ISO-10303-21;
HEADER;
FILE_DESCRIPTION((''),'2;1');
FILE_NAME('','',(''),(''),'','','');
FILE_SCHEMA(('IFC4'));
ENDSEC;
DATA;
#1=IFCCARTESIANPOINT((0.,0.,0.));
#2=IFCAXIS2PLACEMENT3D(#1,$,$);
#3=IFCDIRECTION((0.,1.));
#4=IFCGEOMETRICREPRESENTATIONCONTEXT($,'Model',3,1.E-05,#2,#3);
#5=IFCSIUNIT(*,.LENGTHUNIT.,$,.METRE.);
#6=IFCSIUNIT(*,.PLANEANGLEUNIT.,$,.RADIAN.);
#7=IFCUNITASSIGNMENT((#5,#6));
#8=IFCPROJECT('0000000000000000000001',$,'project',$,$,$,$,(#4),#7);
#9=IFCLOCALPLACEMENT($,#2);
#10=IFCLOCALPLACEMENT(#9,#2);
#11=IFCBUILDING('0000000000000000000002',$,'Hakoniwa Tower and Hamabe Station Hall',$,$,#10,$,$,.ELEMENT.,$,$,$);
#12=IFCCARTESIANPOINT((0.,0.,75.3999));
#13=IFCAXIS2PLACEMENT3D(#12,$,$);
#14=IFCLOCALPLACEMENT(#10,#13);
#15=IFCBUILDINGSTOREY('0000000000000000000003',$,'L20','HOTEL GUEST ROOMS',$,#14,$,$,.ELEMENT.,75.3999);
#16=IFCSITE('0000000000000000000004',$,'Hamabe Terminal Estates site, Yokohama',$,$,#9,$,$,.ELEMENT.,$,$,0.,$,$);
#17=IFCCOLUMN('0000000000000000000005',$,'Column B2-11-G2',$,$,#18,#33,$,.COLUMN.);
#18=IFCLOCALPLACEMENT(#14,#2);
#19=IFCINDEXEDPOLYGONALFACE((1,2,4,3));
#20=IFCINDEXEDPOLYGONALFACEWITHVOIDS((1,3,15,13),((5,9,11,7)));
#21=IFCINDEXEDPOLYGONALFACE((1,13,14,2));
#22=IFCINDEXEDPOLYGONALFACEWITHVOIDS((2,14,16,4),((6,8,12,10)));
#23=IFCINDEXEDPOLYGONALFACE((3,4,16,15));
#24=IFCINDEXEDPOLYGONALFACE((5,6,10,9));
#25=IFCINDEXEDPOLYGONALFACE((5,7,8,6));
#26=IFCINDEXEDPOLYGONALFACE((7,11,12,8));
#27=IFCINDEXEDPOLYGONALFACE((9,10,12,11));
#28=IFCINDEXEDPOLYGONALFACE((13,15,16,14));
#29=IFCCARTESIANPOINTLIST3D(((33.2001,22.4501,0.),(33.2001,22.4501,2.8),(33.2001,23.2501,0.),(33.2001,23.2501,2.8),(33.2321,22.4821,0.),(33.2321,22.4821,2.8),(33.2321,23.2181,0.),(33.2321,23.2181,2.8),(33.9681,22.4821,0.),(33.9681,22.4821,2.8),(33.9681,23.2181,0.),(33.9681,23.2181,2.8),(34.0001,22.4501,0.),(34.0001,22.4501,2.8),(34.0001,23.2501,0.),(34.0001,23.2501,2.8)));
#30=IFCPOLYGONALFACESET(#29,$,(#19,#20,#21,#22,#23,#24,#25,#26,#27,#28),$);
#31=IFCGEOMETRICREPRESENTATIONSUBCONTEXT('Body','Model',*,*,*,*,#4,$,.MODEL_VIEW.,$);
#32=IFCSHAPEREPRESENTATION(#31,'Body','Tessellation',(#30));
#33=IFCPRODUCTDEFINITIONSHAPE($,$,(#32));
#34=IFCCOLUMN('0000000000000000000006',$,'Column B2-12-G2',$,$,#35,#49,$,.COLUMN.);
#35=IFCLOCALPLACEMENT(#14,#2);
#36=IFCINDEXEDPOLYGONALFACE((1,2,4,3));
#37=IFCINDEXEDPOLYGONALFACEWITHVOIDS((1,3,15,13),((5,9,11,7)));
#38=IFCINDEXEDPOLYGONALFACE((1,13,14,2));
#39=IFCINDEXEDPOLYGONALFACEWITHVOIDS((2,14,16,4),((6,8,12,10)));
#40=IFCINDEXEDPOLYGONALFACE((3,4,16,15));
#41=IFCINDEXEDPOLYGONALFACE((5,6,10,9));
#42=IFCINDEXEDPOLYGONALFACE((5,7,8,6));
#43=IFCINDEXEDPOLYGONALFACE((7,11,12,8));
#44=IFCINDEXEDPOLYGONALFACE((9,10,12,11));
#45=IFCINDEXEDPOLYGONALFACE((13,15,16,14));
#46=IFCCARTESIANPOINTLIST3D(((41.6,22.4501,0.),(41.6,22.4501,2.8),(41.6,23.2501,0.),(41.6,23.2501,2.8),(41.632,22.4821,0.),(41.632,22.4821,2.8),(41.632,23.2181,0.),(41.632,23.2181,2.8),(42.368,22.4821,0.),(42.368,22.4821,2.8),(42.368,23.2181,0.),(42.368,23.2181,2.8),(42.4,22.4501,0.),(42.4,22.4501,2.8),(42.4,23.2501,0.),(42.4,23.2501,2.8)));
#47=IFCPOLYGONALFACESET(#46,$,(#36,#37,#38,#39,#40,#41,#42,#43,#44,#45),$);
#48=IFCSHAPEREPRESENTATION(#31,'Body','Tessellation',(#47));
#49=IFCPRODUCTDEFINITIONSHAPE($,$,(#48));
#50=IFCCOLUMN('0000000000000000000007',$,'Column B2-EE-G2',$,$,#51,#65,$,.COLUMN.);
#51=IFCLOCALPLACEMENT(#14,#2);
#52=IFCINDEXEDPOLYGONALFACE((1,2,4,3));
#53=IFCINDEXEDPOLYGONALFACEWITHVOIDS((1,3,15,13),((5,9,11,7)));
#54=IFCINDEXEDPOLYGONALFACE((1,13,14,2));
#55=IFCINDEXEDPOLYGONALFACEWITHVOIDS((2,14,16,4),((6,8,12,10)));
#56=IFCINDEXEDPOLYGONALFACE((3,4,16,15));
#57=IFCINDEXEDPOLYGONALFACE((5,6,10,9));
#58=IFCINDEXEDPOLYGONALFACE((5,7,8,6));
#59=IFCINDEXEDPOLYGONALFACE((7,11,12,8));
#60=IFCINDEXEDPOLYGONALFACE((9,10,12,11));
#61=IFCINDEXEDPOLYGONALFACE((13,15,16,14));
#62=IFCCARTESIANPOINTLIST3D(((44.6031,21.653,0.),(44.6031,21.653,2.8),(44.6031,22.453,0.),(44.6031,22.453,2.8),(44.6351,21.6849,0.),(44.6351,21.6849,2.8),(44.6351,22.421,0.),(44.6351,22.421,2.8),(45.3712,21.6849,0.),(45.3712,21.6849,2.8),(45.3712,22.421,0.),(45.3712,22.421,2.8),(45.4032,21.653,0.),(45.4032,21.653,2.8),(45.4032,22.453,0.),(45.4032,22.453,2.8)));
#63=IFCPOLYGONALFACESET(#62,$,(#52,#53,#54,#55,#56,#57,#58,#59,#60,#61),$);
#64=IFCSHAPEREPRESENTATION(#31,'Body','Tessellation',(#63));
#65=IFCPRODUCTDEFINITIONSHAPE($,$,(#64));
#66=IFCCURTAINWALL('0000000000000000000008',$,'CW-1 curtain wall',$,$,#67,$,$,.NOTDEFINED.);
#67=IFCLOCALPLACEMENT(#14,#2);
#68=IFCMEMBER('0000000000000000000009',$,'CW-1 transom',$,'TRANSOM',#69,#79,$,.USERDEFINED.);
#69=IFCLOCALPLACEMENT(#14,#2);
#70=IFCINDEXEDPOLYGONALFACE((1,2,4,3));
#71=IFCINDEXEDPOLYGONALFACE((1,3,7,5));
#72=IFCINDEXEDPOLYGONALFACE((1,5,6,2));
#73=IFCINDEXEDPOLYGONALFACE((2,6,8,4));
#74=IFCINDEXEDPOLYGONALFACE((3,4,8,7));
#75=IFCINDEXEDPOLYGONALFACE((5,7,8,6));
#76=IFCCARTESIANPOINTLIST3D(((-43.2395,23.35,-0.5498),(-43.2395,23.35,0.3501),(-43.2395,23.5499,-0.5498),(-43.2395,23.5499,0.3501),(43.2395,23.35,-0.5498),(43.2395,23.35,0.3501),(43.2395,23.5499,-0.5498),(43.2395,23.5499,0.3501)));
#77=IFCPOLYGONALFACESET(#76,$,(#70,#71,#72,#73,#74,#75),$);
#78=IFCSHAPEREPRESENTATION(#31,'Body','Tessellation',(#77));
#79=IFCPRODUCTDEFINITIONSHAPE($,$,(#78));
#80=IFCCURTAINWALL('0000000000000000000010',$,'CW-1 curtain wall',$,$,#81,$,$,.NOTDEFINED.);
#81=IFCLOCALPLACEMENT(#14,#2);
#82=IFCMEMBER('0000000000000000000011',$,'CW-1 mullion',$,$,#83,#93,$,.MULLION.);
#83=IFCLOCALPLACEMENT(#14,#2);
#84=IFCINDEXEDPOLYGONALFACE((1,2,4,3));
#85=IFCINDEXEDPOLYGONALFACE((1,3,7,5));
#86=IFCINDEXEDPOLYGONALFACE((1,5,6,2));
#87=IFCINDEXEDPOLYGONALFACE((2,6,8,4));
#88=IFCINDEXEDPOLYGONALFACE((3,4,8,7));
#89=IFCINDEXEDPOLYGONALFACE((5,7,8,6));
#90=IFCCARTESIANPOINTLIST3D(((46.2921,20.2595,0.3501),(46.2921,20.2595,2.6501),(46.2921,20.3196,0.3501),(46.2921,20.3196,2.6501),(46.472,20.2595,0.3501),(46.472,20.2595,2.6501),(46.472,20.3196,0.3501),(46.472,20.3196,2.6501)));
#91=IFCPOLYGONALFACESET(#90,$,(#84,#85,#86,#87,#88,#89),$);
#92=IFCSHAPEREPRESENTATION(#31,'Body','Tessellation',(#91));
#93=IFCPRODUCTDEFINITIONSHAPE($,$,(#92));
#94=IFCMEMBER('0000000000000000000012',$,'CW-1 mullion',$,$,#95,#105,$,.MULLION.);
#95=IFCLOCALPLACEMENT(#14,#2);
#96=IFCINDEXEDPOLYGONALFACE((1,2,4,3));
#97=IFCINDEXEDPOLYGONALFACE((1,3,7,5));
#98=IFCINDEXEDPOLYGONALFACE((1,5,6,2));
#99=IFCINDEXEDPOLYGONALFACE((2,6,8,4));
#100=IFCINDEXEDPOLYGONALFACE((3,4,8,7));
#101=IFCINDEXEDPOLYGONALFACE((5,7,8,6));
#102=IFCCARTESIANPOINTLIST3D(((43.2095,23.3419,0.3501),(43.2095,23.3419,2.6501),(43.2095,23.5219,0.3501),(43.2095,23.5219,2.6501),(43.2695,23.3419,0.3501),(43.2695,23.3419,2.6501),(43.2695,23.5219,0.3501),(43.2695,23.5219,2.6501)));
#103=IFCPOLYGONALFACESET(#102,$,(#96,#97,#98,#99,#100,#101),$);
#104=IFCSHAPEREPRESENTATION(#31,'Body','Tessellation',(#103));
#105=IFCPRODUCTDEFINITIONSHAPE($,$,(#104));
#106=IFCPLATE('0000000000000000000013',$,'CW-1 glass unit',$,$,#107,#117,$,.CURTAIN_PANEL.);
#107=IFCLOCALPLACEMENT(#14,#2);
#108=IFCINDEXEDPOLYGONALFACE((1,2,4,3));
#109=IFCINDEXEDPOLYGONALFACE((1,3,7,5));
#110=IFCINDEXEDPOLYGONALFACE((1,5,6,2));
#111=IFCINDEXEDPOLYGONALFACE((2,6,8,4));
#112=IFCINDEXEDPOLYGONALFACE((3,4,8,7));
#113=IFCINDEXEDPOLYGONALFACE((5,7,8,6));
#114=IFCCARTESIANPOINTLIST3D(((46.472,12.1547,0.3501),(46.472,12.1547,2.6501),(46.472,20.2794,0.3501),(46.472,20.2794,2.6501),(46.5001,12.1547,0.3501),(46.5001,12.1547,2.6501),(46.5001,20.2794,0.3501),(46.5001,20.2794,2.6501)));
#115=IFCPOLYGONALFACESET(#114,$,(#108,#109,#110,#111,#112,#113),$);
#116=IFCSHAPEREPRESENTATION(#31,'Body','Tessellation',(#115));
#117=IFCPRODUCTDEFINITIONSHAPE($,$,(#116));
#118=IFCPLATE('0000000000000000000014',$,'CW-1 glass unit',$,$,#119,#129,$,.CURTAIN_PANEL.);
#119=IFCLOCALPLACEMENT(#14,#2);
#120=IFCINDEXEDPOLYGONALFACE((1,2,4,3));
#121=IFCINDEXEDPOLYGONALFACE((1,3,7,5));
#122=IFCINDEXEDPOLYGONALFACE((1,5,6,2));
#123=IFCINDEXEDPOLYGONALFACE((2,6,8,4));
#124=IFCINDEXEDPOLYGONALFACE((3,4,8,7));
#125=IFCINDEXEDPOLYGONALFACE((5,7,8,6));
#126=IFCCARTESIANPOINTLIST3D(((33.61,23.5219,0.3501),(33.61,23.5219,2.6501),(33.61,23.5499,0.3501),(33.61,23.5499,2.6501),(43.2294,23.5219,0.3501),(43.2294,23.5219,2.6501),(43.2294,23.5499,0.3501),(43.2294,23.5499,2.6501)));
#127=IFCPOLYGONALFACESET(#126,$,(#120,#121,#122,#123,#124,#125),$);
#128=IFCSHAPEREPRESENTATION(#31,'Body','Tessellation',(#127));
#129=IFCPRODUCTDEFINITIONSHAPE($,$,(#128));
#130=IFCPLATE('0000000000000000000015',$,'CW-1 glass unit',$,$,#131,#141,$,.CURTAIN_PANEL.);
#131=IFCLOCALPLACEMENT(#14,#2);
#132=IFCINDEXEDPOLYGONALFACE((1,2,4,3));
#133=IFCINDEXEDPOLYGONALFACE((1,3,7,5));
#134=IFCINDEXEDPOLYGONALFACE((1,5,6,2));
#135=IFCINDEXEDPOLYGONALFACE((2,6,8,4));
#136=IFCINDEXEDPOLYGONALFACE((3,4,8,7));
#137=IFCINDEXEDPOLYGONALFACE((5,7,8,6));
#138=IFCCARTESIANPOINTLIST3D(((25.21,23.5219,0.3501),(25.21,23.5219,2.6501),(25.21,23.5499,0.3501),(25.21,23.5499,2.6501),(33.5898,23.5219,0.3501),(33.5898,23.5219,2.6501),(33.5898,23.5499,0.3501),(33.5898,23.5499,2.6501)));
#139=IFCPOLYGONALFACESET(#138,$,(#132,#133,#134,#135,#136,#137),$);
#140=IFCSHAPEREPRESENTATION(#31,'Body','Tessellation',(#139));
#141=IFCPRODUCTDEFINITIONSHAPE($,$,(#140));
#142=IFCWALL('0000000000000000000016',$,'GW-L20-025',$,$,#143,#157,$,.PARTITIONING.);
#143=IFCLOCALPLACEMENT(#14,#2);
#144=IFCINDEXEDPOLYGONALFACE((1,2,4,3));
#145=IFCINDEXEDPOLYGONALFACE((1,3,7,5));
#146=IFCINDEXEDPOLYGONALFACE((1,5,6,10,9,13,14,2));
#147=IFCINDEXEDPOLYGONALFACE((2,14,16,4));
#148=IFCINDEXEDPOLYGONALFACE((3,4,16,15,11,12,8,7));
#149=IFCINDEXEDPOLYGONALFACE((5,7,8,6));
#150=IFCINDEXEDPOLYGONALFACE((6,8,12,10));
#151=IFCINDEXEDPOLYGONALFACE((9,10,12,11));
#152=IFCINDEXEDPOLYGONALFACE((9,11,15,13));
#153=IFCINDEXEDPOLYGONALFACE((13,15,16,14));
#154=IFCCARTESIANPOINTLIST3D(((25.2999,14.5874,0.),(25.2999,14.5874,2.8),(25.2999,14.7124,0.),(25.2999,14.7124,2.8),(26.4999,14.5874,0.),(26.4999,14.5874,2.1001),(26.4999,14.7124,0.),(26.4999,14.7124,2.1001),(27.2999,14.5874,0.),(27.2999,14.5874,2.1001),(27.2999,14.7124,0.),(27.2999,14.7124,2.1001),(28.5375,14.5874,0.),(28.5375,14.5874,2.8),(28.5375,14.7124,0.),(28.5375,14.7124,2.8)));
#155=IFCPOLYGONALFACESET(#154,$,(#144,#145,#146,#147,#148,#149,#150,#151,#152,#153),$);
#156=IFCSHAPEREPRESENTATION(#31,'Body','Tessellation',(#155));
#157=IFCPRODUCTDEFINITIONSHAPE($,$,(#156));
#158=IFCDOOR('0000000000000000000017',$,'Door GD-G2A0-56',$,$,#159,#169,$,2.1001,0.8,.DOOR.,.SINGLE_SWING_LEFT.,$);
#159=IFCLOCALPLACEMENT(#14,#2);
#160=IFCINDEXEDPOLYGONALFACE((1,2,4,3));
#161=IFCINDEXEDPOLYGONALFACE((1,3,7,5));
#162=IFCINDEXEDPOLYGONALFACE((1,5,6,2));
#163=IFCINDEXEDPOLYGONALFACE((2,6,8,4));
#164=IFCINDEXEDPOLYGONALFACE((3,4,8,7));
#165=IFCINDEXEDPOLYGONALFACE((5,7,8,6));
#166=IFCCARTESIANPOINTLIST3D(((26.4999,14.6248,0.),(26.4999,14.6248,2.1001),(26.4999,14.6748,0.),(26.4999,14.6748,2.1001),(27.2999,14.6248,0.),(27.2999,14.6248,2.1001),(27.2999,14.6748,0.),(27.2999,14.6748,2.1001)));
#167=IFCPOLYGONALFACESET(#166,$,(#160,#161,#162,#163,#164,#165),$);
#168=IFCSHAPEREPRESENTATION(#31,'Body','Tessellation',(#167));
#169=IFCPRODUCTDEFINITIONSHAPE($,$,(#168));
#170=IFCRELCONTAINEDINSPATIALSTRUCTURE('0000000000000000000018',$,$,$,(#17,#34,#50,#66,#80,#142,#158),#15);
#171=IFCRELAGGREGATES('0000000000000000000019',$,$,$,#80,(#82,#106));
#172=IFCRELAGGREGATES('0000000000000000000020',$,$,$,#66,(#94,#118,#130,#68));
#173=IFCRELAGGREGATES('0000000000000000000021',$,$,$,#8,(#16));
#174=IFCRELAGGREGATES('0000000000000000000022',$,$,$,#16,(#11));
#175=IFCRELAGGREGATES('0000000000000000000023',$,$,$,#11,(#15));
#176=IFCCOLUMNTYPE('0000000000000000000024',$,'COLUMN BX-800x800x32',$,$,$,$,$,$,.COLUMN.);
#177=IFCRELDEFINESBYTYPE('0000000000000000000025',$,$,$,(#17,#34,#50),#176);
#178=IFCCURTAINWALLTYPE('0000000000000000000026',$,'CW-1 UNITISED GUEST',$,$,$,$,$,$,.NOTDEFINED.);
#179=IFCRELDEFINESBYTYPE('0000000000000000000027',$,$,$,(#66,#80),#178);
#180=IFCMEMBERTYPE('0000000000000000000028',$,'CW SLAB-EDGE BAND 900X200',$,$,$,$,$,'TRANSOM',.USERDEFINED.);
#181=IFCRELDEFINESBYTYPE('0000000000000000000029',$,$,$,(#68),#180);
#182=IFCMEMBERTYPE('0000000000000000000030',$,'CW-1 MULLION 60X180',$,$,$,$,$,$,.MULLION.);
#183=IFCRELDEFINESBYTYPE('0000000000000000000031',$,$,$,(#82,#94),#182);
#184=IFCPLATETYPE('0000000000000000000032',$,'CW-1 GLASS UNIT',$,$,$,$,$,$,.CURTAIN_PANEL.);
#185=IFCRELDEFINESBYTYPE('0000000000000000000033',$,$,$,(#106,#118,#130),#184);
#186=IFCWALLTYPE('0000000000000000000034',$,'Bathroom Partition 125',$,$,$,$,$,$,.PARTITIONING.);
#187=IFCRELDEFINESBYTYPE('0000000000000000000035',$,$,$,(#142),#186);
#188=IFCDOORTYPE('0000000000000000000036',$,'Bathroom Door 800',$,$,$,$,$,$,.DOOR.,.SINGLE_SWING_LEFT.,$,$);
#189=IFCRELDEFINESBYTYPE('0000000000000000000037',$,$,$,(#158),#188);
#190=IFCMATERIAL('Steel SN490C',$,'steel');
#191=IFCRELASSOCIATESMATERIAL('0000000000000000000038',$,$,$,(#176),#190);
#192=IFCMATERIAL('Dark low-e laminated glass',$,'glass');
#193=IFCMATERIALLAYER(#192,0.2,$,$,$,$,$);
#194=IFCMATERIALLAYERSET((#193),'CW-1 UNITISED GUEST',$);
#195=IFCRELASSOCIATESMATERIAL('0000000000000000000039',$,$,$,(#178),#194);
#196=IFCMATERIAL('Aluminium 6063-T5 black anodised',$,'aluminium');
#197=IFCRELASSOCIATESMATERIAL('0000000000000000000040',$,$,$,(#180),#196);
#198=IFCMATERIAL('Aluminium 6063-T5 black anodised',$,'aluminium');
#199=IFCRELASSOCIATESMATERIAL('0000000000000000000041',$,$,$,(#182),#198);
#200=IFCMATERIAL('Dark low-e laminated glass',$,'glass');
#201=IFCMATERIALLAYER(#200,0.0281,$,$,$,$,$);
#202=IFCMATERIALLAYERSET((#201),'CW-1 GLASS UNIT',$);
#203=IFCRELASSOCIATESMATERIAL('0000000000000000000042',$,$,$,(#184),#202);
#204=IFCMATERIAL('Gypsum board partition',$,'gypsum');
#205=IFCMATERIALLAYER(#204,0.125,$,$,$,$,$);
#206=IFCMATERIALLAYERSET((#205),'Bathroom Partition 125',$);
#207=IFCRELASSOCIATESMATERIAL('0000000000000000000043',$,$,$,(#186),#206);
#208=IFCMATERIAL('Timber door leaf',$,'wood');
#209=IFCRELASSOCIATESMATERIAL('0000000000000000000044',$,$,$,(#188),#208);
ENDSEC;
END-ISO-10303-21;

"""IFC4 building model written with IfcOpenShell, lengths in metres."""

from ifc_helpers import new_model, si_unit, direction, frame, frame_2d, origin, origin_2d, place, context, subcontext, project, spatial, rectangle, hollow_rectangle, extrude, material, layer, layer_set, material_profile, profile_set, type_object, element, fill, aggregate, save


model = new_model("IFC4")

# Units and contexts
model_context = context("Model", 3, precision=1e-05, world=origin(), true_north=direction((0.0, 1.0)))
body_context = subcontext(model_context, "Body", "Model", "MODEL_VIEW")
ifc_project = project(units=[si_unit("LENGTHUNIT", "METRE"), si_unit("PLANEANGLEUNIT", "RADIAN")], contexts=[model_context])

# Site, building, storey
site_placement = place(None, origin())
site = spatial("IfcSite", under=ifc_project, at=site_placement, Name="Hamabe Terminal Estates site, Yokohama", CompositionType="ELEMENT", RefElevation=0.0)
building_placement = place(site_placement, origin())
building = spatial("IfcBuilding", under=site, at=building_placement, Name="Hakoniwa Tower and Hamabe Station Hall", CompositionType="ELEMENT")
storey_placement = place(building_placement, frame((0.0, 0.0, 75.3999)))
storey = spatial("IfcBuildingStorey", under=building, at=storey_placement, Name="L20", Description="HOTEL GUEST ROOMS", CompositionType="ELEMENT", Elevation=75.3999)

# Columns
ifc_material_1 = material(Name="Steel SN490C", Category="steel")
ifc_material_profile_1 = material_profile(ifc_material_1, hollow_rectangle(XDim=0.8, YDim=0.8, WallThickness=0.032, at=origin_2d()), Name="BX-800x800x32")
ifc_profile_set_1 = profile_set([ifc_material_profile_1], Name="Steel SN490C")
column_type = type_object("IfcColumnType", Name="COLUMN BX-800x800x32", PredefinedType="COLUMN", material=ifc_profile_set_1)
for number, where, z_axis, x_axis, name in (
    (1, (33.6001, 22.8501, 0.0), (0.0, 0.0, 1.0), (1.0, 0.0, 0.0), "Column B2-11-G2"),
    (2, (42.0, 22.8501, 0.0), (0.0, 0.0, 1.0), (1.0, 0.0, 0.0), "Column B2-12-G2"),
    (3, (45.0032, 22.053, 0.0), (0.0, 0.0, 1.0), (1.0, 0.0, 0.0), "Column B2-EE-G2"),
):
    element("IfcColumn", number, at=place(storey_placement, frame(where, z_axis=z_axis, x_axis=x_axis)), inside=storey, type_object=column_type, Name=name, PredefinedType="COLUMN", context=body_context, shape_type="SweptSolid", body=[
        extrude(hollow_rectangle(XDim=0.8, YDim=0.8, WallThickness=0.032, at=origin_2d()), origin(), (0.0, 0.0, 1.0), 2.8),
    ])

# Curtain walls, members
ifc_material_2 = material(Name="Dark low-e laminated glass", Category="glass")
ifc_layer_1 = layer(ifc_material_2, 0.2)
ifc_layer_set_1 = layer_set([ifc_layer_1], Name="CW-1 UNITISED GUEST")
curtain_wall_type = type_object("IfcCurtainWallType", Name="CW-1 UNITISED GUEST", PredefinedType="NOTDEFINED", material=ifc_layer_set_1)
curtain_wall_1_placement = place(storey_placement, origin())
curtain_wall_1 = element("IfcCurtainWall", 4, at=curtain_wall_1_placement, inside=storey, type_object=curtain_wall_type, Name="CW-1 curtain wall", PredefinedType="NOTDEFINED")
ifc_material_3 = material(Name="Aluminium 6063-T5 black anodised", Category="aluminium")
ifc_material_profile_2 = material_profile(ifc_material_3, rectangle(XDim=0.2, YDim=0.8999, at=origin_2d()), Name="CW SLAB-EDGE BAND 900X200")
ifc_profile_set_2 = profile_set([ifc_material_profile_2], Name="Aluminium 6063-T5 black anodised")
member_type_1 = type_object("IfcMemberType", Name="CW SLAB-EDGE BAND 900X200", ElementType="TRANSOM", PredefinedType="USERDEFINED", material=ifc_profile_set_2)
member_1_placement = place(storey_placement, frame((43.2395, 23.45, -0.0999), z_axis=(-1.0, 0.0, 0.0), x_axis=(0.0, -1.0, 0.0)))
member_1 = element("IfcMember", 5, at=member_1_placement, type_object=member_type_1, Name="CW-1 transom", ObjectType="TRANSOM", PredefinedType="USERDEFINED", context=body_context, shape_type="SweptSolid", body=[
    extrude(rectangle(XDim=0.2, YDim=0.8999, at=origin_2d()), origin(), (0.0, 0.0, 1.0), 86.479),
])
curtain_wall_2_placement = place(storey_placement, origin())
curtain_wall_2 = element("IfcCurtainWall", 6, at=curtain_wall_2_placement, inside=storey, type_object=curtain_wall_type, Name="CW-1 curtain wall", PredefinedType="NOTDEFINED")
ifc_material_4 = material(Name="Aluminium 6063-T5 black anodised", Category="aluminium")
ifc_material_profile_3 = material_profile(ifc_material_4, rectangle(XDim=0.0601, YDim=0.1799, at=origin_2d()), Name="CW-1 MULLION 60X180")
ifc_profile_set_3 = profile_set([ifc_material_profile_3], Name="Aluminium 6063-T5 black anodised")
member_type_2 = type_object("IfcMemberType", Name="CW-1 MULLION 60X180", PredefinedType="MULLION", material=ifc_profile_set_3)
member_2_placement = place(storey_placement, frame((46.3821, 20.2896, 0.3501), z_axis=(0.0, 0.0, 1.0), x_axis=(0.0, 1.0, 0.0)))
member_2 = element("IfcMember", 7, at=member_2_placement, type_object=member_type_2, Name="CW-1 mullion", PredefinedType="MULLION", context=body_context, shape_type="SweptSolid", body=[
    extrude(rectangle(XDim=0.0601, YDim=0.1799, at=origin_2d()), origin(), (0.0, 0.0, 1.0), 2.3),
])

# Member
member_3_placement = place(storey_placement, frame((43.2395, 23.4319, 0.3501), z_axis=(0.0, 0.0, 1.0), x_axis=(-1.0, 0.0, 0.0)))
member_3 = element("IfcMember", 8, at=member_3_placement, type_object=member_type_2, Name="CW-1 mullion", PredefinedType="MULLION", context=body_context, shape_type="SweptSolid", body=[
    extrude(rectangle(XDim=0.0601, YDim=0.1799, at=origin_2d()), origin(), (0.0, 0.0, 1.0), 2.3),
])

# Plates
ifc_material_5 = material(Name="Dark low-e laminated glass", Category="glass")
ifc_layer_2 = layer(ifc_material_5, 0.0281)
ifc_layer_set_2 = layer_set([ifc_layer_2], Name="CW-1 GLASS UNIT")
plate_type = type_object("IfcPlateType", Name="CW-1 GLASS UNIT", PredefinedType="CURTAIN_PANEL", material=ifc_layer_set_2)
plate_1_placement = place(storey_placement, frame((46.4861, 16.217, 0.3501), z_axis=(0.0, 0.0, 1.0), x_axis=(0.0, 1.0, 0.0)))
plate_1 = element("IfcPlate", 9, at=plate_1_placement, type_object=plate_type, Name="CW-1 glass unit", PredefinedType="CURTAIN_PANEL", context=body_context, shape_type="SweptSolid", body=[
    extrude(rectangle(XDim=8.1248, YDim=0.0281, at=origin_2d()), origin(), (0.0, 0.0, 1.0), 2.3),
])
aggregate(curtain_wall_2, [member_2, plate_1])
plate_2_placement = place(storey_placement, frame((38.4197, 23.5359, 0.3501), z_axis=(0.0, 0.0, 1.0), x_axis=(-1.0, 0.0, 0.0)))
plate_2 = element("IfcPlate", 10, at=plate_2_placement, type_object=plate_type, Name="CW-1 glass unit", PredefinedType="CURTAIN_PANEL", context=body_context, shape_type="SweptSolid", body=[
    extrude(rectangle(XDim=9.6194, YDim=0.0281, at=origin_2d()), origin(), (0.0, 0.0, 1.0), 2.3),
])
plate_3_placement = place(storey_placement, frame((29.3999, 23.5359, 0.3501), z_axis=(0.0, 0.0, 1.0), x_axis=(-1.0, 0.0, 0.0)))
plate_3 = element("IfcPlate", 11, at=plate_3_placement, type_object=plate_type, Name="CW-1 glass unit", PredefinedType="CURTAIN_PANEL", context=body_context, shape_type="SweptSolid", body=[
    extrude(rectangle(XDim=8.3799, YDim=0.0281, at=origin_2d()), origin(), (0.0, 0.0, 1.0), 2.3),
])
aggregate(curtain_wall_1, [member_3, plate_2, plate_3, member_1])

# Wall, opening, door
ifc_material_6 = material(Name="Gypsum board partition", Category="gypsum")
ifc_layer_3 = layer(ifc_material_6, 0.125)
ifc_layer_set_3 = layer_set([ifc_layer_3], Name="Bathroom Partition 125")
wall_type_1 = type_object("IfcWallType", Name="Bathroom Partition 125", PredefinedType="PARTITIONING", material=ifc_layer_set_3)
wall_1_placement = place(storey_placement, frame((25.3, 14.6499, 0.0), z_axis=(0.0, 0.0, 1.0), x_axis=(1.0, 0.0, 0.0)))
wall_1 = element("IfcWall", 12, at=wall_1_placement, inside=storey, type_object=wall_type_1, Name="GW-L20-025", PredefinedType="PARTITIONING", context=body_context, shape_type="SweptSolid", body=[
    extrude(rectangle(XDim=3.2375, YDim=0.125, at=frame_2d((1.6187, 0.0))), origin(), (0.0, 0.0, 1.0), 2.8),
])
opening_1_placement = place(wall_1_placement, frame((1.2, 0.0, 0.0)))
opening_1 = element("IfcOpeningElement", 13, at=opening_1_placement, cuts=wall_1, PredefinedType="OPENING", context=body_context, shape_type="SweptSolid", body=[
    extrude(rectangle(XDim=0.8, YDim=2.1001, at=frame_2d((0.3999, 1.05))), frame((0.0, 0.0725, 0.0), z_axis=(0.0, -1.0, 0.0), x_axis=(1.0, 0.0, 0.0)), (0.0, 0.0, 1.0), 0.145),
])
ifc_material_7 = material(Name="Timber door leaf", Category="wood")
door_type = type_object("IfcDoorType", Name="Bathroom Door 800", OperationType="SINGLE_SWING_LEFT", PredefinedType="DOOR", material=ifc_material_7)
door_1_placement = place(opening_1_placement, origin())
door_1 = element("IfcDoor", 14, at=door_1_placement, inside=storey, type_object=door_type, Name="Door GD-G2A0-56", OperationType="SINGLE_SWING_LEFT", OverallHeight=2.1001, OverallWidth=0.8, PredefinedType="DOOR", context=body_context, shape_type="SweptSolid", body=[
    extrude(rectangle(XDim=0.8, YDim=2.1001, at=frame_2d((0.3999, 1.05))), frame((0.0, 0.0249, 0.0), z_axis=(0.0, -1.0, 0.0), x_axis=(1.0, 0.0, 0.0)), (0.0, 0.0, 1.0), 0.05),
])
fill(opening_1, door_1)

save(model, "model.ifc")
